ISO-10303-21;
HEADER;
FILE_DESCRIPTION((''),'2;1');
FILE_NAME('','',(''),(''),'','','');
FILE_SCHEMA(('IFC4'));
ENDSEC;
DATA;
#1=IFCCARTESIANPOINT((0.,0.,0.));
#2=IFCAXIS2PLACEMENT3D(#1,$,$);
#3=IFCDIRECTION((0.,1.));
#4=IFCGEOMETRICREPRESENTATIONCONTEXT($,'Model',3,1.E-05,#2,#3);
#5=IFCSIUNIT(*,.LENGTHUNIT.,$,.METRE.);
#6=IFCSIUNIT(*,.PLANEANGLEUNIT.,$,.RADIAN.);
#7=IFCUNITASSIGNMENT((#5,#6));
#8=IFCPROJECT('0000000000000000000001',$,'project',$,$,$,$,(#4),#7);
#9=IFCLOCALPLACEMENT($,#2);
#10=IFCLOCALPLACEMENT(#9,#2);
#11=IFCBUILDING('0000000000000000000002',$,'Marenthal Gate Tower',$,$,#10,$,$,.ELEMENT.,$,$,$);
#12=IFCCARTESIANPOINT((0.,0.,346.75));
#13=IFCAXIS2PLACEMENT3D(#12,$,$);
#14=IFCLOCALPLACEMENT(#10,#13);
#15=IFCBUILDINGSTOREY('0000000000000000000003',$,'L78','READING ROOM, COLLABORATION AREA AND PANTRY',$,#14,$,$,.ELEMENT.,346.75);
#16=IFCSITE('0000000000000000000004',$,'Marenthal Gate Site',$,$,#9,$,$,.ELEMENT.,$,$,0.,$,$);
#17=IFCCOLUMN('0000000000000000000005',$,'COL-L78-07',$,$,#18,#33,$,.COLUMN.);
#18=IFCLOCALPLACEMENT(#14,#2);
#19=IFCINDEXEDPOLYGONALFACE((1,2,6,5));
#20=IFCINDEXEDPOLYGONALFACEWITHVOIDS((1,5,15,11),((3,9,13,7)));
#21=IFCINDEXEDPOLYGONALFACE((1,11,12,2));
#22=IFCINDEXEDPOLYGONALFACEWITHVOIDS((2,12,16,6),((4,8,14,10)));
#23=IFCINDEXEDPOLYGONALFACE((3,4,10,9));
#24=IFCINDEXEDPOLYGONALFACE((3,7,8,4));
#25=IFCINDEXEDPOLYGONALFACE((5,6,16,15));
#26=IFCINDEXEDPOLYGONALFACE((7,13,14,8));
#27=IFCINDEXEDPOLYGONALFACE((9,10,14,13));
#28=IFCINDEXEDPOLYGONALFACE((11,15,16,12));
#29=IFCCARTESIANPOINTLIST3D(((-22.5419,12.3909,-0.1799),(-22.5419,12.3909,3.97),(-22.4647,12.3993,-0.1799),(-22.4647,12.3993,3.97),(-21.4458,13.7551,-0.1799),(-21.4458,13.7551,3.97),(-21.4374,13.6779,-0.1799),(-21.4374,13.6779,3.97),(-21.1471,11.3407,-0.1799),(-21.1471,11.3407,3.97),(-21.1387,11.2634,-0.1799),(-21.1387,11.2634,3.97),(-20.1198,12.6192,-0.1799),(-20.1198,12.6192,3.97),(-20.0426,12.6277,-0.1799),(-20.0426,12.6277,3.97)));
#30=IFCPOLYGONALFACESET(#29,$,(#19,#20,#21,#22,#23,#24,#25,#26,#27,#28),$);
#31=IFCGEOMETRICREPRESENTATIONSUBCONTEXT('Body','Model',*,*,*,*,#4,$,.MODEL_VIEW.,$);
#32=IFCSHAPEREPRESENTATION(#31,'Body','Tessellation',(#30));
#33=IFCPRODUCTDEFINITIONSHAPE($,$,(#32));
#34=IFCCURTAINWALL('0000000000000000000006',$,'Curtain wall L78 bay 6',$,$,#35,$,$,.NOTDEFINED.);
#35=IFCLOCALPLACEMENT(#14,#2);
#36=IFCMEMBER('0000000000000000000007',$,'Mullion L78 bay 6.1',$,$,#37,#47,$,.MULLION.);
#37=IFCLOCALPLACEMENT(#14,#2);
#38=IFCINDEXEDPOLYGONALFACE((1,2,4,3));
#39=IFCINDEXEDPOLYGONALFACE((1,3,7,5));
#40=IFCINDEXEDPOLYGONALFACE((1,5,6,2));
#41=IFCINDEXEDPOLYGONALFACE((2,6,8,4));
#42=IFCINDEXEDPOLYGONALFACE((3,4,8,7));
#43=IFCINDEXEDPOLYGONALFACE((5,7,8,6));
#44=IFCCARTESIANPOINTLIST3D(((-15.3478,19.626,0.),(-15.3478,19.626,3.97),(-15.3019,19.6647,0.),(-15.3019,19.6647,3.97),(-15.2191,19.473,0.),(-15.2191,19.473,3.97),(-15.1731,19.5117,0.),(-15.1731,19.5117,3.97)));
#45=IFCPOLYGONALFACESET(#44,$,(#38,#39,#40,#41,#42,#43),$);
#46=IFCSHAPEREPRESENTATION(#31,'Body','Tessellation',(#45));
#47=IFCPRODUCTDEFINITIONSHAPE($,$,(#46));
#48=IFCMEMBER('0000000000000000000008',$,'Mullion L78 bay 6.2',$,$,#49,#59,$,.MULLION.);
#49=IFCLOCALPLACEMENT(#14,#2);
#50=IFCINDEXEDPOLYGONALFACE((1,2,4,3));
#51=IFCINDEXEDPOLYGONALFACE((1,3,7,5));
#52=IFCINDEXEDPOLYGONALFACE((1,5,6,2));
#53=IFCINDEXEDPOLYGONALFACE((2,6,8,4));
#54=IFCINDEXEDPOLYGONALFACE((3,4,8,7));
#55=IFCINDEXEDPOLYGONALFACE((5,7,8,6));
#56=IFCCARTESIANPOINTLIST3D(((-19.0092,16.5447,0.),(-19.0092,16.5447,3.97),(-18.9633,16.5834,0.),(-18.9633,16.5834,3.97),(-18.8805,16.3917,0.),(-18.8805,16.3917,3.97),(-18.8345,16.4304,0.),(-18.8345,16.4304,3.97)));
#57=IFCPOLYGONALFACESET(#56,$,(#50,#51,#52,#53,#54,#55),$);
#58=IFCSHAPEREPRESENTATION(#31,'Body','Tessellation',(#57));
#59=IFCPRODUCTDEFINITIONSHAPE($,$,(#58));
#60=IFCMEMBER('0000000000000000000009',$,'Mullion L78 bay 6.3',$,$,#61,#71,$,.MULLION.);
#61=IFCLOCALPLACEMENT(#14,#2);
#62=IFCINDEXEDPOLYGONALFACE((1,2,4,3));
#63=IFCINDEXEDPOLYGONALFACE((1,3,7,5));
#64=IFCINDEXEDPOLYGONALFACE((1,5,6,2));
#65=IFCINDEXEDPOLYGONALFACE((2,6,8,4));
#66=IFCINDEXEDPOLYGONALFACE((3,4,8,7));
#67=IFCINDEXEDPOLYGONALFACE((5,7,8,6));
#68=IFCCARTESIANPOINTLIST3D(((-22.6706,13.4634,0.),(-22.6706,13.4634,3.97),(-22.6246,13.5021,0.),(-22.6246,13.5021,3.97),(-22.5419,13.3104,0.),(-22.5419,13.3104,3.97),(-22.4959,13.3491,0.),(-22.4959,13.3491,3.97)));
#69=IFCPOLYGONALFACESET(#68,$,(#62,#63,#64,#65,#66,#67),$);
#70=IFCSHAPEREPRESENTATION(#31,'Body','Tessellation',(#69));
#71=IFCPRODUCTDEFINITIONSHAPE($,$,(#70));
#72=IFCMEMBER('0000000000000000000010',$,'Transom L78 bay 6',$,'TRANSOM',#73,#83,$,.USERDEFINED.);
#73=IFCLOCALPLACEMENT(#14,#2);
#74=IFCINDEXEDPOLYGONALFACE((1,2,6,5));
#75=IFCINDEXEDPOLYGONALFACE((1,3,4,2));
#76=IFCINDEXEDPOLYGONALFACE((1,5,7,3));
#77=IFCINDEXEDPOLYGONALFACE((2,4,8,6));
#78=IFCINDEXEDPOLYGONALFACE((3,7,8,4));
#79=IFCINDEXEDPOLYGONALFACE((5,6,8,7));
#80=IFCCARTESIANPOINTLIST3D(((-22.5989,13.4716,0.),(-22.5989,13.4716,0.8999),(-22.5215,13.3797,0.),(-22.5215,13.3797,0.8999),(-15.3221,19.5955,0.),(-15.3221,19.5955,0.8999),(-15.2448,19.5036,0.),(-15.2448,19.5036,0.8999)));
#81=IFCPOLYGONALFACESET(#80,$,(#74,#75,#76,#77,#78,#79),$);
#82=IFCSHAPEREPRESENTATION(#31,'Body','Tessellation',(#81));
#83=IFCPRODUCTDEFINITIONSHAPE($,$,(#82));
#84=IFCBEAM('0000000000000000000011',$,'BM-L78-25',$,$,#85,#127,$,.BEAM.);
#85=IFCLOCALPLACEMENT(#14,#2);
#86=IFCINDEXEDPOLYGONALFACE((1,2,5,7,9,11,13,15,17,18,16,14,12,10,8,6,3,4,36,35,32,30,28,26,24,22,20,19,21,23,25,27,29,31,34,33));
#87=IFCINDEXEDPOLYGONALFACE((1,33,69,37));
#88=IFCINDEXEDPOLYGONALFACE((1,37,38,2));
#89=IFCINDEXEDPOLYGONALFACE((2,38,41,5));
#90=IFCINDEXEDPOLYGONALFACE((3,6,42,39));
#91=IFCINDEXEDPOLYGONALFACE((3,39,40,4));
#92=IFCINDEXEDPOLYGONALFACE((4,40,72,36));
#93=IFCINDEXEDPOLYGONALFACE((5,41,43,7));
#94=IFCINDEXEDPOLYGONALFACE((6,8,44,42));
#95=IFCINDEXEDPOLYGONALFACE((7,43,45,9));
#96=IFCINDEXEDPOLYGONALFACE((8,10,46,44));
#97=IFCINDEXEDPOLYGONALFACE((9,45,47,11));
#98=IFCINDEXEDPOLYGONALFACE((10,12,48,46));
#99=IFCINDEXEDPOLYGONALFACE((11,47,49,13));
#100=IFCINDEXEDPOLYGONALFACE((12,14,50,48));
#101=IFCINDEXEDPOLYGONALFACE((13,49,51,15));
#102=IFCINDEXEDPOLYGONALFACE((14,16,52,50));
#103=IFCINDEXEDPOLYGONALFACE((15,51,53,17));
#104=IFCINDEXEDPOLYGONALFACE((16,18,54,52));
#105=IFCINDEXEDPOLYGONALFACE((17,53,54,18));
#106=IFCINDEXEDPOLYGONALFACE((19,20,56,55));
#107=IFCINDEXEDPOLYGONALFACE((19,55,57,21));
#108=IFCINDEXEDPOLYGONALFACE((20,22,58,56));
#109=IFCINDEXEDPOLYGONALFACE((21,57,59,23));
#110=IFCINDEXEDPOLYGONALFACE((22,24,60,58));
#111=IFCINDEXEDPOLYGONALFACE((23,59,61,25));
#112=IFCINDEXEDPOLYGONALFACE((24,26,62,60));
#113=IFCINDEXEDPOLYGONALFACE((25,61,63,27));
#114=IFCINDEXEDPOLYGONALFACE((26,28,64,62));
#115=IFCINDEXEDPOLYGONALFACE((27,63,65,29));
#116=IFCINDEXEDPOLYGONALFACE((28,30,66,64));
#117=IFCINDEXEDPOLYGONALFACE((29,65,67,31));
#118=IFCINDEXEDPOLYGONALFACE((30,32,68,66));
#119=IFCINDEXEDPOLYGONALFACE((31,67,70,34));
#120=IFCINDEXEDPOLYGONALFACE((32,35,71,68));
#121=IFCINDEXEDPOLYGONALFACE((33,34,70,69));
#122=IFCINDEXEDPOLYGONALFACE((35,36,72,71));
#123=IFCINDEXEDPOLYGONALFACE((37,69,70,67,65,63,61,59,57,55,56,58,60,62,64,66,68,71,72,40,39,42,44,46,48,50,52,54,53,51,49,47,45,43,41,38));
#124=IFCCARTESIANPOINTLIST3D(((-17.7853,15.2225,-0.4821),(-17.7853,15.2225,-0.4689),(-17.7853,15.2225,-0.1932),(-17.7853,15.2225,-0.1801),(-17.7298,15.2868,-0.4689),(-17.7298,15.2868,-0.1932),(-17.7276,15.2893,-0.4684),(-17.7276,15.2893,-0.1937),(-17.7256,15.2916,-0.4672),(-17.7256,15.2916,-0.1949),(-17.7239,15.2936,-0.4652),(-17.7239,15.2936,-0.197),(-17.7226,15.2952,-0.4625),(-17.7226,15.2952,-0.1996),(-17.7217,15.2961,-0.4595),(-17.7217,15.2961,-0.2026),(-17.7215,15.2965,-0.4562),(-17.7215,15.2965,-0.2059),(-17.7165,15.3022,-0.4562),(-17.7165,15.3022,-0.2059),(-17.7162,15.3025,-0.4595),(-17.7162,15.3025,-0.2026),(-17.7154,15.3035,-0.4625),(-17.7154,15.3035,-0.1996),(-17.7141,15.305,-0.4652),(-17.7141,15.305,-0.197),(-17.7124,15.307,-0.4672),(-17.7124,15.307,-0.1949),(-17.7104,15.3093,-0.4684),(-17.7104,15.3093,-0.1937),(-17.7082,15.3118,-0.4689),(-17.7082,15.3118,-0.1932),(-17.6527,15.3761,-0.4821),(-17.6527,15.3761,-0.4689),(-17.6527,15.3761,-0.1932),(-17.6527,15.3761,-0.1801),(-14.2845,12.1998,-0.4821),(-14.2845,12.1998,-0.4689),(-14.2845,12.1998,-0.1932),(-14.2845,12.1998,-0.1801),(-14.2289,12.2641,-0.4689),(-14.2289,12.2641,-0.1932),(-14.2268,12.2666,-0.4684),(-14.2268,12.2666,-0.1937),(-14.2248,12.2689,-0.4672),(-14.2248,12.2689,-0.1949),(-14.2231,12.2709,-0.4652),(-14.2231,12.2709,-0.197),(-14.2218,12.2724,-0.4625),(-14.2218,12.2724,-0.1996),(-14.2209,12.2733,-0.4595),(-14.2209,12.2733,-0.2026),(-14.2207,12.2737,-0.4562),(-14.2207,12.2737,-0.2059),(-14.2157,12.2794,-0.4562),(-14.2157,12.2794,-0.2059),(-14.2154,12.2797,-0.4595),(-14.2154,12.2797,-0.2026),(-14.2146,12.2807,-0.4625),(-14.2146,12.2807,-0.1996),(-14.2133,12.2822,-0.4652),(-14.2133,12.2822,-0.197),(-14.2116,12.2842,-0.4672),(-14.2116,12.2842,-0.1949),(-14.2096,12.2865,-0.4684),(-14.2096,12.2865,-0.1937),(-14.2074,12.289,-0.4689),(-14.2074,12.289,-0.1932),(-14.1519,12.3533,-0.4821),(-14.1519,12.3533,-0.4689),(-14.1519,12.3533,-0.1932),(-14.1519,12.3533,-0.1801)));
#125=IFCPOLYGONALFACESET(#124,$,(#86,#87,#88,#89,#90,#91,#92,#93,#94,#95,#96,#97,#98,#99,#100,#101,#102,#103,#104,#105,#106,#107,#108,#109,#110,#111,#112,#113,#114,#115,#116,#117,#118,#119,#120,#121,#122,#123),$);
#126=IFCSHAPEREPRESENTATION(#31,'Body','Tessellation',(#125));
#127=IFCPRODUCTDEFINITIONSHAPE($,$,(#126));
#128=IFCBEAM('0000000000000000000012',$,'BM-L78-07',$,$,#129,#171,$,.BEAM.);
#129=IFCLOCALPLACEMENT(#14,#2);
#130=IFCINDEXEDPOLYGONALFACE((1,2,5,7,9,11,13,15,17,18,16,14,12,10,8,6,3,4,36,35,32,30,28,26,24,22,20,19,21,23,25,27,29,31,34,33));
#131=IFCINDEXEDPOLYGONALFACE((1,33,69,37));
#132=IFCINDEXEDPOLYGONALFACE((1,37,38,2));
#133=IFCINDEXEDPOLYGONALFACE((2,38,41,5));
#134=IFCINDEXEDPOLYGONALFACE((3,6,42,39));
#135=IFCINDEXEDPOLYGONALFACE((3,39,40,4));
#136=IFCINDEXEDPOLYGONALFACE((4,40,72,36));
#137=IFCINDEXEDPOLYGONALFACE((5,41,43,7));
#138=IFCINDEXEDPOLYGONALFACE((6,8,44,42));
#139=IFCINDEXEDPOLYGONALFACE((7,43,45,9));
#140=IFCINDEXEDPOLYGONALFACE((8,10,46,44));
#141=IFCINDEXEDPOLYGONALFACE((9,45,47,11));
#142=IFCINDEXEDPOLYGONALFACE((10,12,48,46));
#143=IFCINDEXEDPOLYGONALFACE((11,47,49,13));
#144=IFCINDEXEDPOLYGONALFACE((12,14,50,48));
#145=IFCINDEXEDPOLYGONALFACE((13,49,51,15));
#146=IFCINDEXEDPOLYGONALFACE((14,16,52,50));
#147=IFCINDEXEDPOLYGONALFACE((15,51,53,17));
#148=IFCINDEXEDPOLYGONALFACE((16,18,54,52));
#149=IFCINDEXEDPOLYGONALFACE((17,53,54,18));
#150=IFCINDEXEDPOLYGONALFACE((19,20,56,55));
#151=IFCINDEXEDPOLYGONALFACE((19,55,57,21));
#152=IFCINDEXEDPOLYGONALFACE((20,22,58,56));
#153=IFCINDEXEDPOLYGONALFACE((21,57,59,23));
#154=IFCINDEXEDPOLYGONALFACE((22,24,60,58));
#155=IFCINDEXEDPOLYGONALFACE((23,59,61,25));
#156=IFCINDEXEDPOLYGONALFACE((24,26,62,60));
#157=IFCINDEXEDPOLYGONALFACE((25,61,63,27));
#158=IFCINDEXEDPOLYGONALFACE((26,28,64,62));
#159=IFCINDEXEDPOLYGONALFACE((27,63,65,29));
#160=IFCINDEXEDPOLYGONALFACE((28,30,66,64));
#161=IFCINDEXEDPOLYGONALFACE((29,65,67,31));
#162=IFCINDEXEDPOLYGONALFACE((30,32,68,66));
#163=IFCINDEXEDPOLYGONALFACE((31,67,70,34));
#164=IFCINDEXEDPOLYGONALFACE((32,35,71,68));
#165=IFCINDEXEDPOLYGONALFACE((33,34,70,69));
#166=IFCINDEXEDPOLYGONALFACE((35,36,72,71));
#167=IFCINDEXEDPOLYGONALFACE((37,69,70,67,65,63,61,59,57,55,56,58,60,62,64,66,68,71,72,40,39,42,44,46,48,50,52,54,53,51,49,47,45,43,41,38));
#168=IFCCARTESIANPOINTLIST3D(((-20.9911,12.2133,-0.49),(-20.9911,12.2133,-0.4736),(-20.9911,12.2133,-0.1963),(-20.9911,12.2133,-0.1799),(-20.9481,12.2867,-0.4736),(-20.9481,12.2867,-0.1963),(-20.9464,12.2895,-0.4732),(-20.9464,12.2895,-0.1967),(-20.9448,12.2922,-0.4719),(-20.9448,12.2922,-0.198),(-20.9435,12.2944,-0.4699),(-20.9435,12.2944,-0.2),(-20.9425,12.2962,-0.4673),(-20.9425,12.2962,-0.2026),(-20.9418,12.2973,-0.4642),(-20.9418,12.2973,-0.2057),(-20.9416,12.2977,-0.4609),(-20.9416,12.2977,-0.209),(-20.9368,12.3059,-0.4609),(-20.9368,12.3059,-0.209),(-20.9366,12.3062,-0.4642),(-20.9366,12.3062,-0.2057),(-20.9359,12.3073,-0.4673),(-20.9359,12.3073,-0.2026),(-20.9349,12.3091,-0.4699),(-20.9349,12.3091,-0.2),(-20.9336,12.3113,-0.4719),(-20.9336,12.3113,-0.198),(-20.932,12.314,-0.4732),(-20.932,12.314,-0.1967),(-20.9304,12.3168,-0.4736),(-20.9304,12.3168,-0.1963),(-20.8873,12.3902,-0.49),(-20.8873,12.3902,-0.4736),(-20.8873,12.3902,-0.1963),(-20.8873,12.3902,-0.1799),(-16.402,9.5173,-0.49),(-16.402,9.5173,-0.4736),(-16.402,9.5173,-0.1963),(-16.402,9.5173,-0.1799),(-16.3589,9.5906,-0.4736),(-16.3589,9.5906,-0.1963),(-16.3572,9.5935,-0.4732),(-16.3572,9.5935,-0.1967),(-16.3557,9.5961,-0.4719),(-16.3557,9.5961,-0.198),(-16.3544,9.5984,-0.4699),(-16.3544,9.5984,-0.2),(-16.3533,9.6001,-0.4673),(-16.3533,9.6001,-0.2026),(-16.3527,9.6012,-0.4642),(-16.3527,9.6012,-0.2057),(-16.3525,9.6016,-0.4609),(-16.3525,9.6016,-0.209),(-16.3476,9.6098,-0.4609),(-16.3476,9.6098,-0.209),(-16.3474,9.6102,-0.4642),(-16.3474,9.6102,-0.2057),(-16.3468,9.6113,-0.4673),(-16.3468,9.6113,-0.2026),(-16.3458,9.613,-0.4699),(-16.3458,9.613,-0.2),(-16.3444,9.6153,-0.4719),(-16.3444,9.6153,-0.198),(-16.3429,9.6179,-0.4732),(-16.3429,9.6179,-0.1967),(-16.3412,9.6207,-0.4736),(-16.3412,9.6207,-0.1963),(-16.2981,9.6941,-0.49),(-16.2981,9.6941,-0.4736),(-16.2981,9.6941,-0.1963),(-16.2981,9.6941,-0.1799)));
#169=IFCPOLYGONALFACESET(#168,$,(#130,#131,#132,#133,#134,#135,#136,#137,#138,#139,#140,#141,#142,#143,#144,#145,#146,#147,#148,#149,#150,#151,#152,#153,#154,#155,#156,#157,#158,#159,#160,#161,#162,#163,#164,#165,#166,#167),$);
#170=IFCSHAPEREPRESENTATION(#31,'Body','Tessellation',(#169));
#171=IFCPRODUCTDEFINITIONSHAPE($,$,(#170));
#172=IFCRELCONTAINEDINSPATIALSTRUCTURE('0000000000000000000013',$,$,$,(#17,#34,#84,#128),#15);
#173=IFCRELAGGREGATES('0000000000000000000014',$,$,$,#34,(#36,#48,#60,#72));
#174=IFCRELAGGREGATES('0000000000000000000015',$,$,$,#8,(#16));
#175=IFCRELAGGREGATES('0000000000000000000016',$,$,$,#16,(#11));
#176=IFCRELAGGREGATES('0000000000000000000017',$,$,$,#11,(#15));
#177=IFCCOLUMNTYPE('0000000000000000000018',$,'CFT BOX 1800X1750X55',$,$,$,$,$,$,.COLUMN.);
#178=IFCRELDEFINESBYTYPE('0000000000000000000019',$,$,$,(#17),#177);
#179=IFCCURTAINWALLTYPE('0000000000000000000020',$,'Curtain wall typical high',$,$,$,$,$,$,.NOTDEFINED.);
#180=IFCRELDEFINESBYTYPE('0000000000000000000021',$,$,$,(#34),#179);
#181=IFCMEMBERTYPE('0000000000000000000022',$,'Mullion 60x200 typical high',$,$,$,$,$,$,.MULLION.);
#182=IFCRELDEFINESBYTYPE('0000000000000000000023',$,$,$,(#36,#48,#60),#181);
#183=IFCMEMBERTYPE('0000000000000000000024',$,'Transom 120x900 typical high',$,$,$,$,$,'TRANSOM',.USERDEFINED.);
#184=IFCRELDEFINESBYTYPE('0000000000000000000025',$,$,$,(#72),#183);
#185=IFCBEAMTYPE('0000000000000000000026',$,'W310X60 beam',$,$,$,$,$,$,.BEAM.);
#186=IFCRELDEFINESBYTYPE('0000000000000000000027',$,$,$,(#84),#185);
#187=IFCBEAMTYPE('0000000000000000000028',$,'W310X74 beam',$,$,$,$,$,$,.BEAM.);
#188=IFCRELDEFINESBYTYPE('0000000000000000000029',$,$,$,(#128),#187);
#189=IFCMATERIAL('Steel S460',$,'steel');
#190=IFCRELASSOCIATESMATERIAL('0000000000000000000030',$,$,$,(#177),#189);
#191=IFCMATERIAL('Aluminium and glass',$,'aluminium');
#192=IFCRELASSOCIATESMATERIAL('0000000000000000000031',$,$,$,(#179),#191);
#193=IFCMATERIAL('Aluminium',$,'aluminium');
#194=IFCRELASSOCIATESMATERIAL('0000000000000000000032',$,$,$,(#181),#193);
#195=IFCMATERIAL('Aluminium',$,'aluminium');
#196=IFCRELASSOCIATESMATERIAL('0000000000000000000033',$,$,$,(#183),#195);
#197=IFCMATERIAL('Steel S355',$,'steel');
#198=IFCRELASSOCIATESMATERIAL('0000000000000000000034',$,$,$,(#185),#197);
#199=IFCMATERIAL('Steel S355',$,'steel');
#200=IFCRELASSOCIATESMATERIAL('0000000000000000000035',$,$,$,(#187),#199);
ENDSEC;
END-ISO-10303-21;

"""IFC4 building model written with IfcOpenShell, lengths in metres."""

from ifc_helpers import new_model, si_unit, direction, frame, origin, origin_2d, place, context, subcontext, project, spatial, rectangle, hollow_rectangle, i_section, extrude, material, material_profile, profile_set, type_object, element, aggregate, save


model = new_model("IFC4")

# Units and contexts
model_context = context("Model", 3, precision=1e-05, world=origin(), true_north=direction((0.0, 1.0)))
body_context = subcontext(model_context, "Body", "Model", "MODEL_VIEW")
ifc_project = project(units=[si_unit("LENGTHUNIT", "METRE"), si_unit("PLANEANGLEUNIT", "RADIAN")], contexts=[model_context])

# Site, building, storey
site_placement = place(None, origin())
site = spatial("IfcSite", under=ifc_project, at=site_placement, Name="Marenthal Gate Site", CompositionType="ELEMENT", RefElevation=0.0)
building_placement = place(site_placement, origin())
building = spatial("IfcBuilding", under=site, at=building_placement, Name="Marenthal Gate Tower", CompositionType="ELEMENT")
storey_placement = place(building_placement, frame((0.0, 0.0, 346.75)))
storey = spatial("IfcBuildingStorey", under=building, at=storey_placement, Name="L78", Description="READING ROOM, COLLABORATION AREA AND PANTRY", CompositionType="ELEMENT", Elevation=346.75)

# Column
ifc_material_1 = material(Name="Steel S460", Category="steel")
ifc_material_profile_1 = material_profile(ifc_material_1, hollow_rectangle(XDim=1.75, YDim=1.8, WallThickness=0.0549, at=origin_2d()), Name="CFT BOX 1800X1750X55")
ifc_material_2 = material(Name="Concrete 70 MPa", Category="concrete")
ifc_material_profile_2 = material_profile(ifc_material_2, rectangle(XDim=1.6399, YDim=1.6899, at=origin_2d()), Name="CFT BOX 1800X1750X55 INFILL")
ifc_profile_set_1 = profile_set([ifc_material_profile_1, ifc_material_profile_2], Name="Steel S460 shell, Concrete 70 MPa infill")
column_type = type_object("IfcColumnType", Name="CFT BOX 1800X1750X55", PredefinedType="COLUMN", material=ifc_profile_set_1)
column_placement = place(storey_placement, frame((-21.2922, 12.5093, -0.1799), z_axis=(0.0, 0.0, 1.0), x_axis=(0.626344, 0.779547, 0.0)))
element("IfcColumn", 1, at=column_placement, inside=storey, type_object=column_type, Name="COL-L78-07", PredefinedType="COLUMN", context=body_context, shape_type="SweptSolid", body=[
    extrude(hollow_rectangle(XDim=1.75, YDim=1.8, WallThickness=0.0549, at=origin_2d()), origin(), (0.0, 0.0, 1.0), 4.1499),
])

# Curtain wall, members
ifc_material_3 = material(Name="Aluminium and glass", Category="aluminium")
curtain_wall_type = type_object("IfcCurtainWallType", Name="Curtain wall typical high", PredefinedType="NOTDEFINED", material=ifc_material_3)
curtain_wall_placement = place(storey_placement, origin())
curtain_wall = element("IfcCurtainWall", 2, at=curtain_wall_placement, inside=storey, type_object=curtain_wall_type, Name="Curtain wall L78 bay 6", PredefinedType="NOTDEFINED")
ifc_material_4 = material(Name="Aluminium", Category="aluminium")
ifc_material_profile_3 = material_profile(ifc_material_4, rectangle(XDim=0.2, YDim=0.0601, at=origin_2d()), Name="60x200 aluminium mullion")
ifc_profile_set_2 = profile_set([ifc_material_profile_3], Name="Aluminium")
member_type_1 = type_object("IfcMemberType", Name="Mullion 60x200 typical high", PredefinedType="MULLION", material=ifc_profile_set_2)
member_1_placement = place(storey_placement, frame((-15.2605, 19.5688, 0.0), z_axis=(0.0, 0.0, 1.0), x_axis=(0.643896, -0.765113, 0.0)))
member_1 = element("IfcMember", 3, at=member_1_placement, type_object=member_type_1, Name="Mullion L78 bay 6.1", PredefinedType="MULLION", context=body_context, shape_type="SweptSolid", body=[
    extrude(rectangle(XDim=0.2, YDim=0.0601, at=origin_2d()), origin(), (0.0, 0.0, 1.0), 3.97),
])
member_2_placement = place(storey_placement, frame((-18.9219, 16.4875, 0.0), z_axis=(0.0, 0.0, 1.0), x_axis=(0.643896, -0.765113, 0.0)))
member_2 = element("IfcMember", 4, at=member_2_placement, type_object=member_type_1, Name="Mullion L78 bay 6.2", PredefinedType="MULLION", context=body_context, shape_type="SweptSolid", body=[
    extrude(rectangle(XDim=0.2, YDim=0.0601, at=origin_2d()), origin(), (0.0, 0.0, 1.0), 3.97),
])
member_3_placement = place(storey_placement, frame((-22.5833, 13.4062, 0.0), z_axis=(0.0, 0.0, 1.0), x_axis=(0.643896, -0.765113, 0.0)))
member_3 = element("IfcMember", 5, at=member_3_placement, type_object=member_type_1, Name="Mullion L78 bay 6.3", PredefinedType="MULLION", context=body_context, shape_type="SweptSolid", body=[
    extrude(rectangle(XDim=0.2, YDim=0.0601, at=origin_2d()), origin(), (0.0, 0.0, 1.0), 3.97),
])
ifc_material_5 = material(Name="Aluminium", Category="aluminium")
ifc_material_profile_4 = material_profile(ifc_material_5, rectangle(XDim=0.1201, YDim=0.8999, at=origin_2d()), Name="120x900 aluminium transom")
ifc_profile_set_3 = profile_set([ifc_material_profile_4], Name="Aluminium")
member_type_2 = type_object("IfcMemberType", Name="Transom 120x900 typical high", ElementType="TRANSOM", PredefinedType="USERDEFINED", material=ifc_profile_set_3)
member_4_placement = place(storey_placement, frame((-15.2834, 19.5496, 0.45), z_axis=(-0.765111, -0.643899, 0.0), x_axis=(0.643899, -0.765111, 0.0)))
member_4 = element("IfcMember", 6, at=member_4_placement, type_object=member_type_2, Name="Transom L78 bay 6", ObjectType="TRANSOM", PredefinedType="USERDEFINED", context=body_context, shape_type="SweptSolid", body=[
    extrude(rectangle(XDim=0.1201, YDim=0.8999, at=origin_2d()), origin(), (0.0, 0.0, 1.0), 9.5107),
])

# Beams
ifc_material_6 = material(Name="Steel S355", Category="steel")
ifc_material_profile_5 = material_profile(ifc_material_6, i_section(OverallWidth=0.2029, OverallDepth=0.302, WebThickness=0.0076, FlangeThickness=0.0132, FilletRadius=0.0127, at=origin_2d()), Name="W310X60")
ifc_profile_set_4 = profile_set([ifc_material_profile_5], Name="Steel S355")
beam_type_1 = type_object("IfcBeamType", Name="W310X60 beam", PredefinedType="BEAM", material=ifc_profile_set_4)
beam_1_placement = place(storey_placement, frame((-17.719, 15.2993, -0.3311), z_axis=(0.756893, -0.653539, 0.0), x_axis=(0.653539, 0.756893, 0.0)))
element("IfcBeam", 7, at=beam_1_placement, inside=storey, type_object=beam_type_1, Name="BM-L78-25", PredefinedType="BEAM", context=body_context, shape_type="SweptSolid", body=[
    extrude(i_section(OverallWidth=0.2029, OverallDepth=0.302, WebThickness=0.0076, FlangeThickness=0.0132, FilletRadius=0.0127, at=origin_2d()), origin(), (0.0, 0.0, 1.0), 4.6252),
])
ifc_material_7 = material(Name="Steel S355", Category="steel")
ifc_material_profile_6 = material_profile(ifc_material_7, i_section(OverallWidth=0.2051, OverallDepth=0.3101, WebThickness=0.0095, FlangeThickness=0.0164, FilletRadius=0.0127, at=origin_2d()), Name="W310X74")
ifc_profile_set_5 = profile_set([ifc_material_profile_6], Name="Steel S355")
beam_type_2 = type_object("IfcBeamType", Name="W310X74 beam", PredefinedType="BEAM", material=ifc_profile_set_5)
beam_2_placement = place(storey_placement, frame((-20.9392, 12.3018, -0.335), z_axis=(0.862216, -0.506541, 0.0), x_axis=(0.506541, 0.862216, 0.0)))
element("IfcBeam", 8, at=beam_2_placement, inside=storey, type_object=beam_type_2, Name="BM-L78-07", PredefinedType="BEAM", context=body_context, shape_type="SweptSolid", body=[
    extrude(i_section(OverallWidth=0.2051, OverallDepth=0.3101, WebThickness=0.0095, FlangeThickness=0.0164, FilletRadius=0.0127, at=origin_2d()), origin(), (0.0, 0.0, 1.0), 5.3225),
])

aggregate(curtain_wall, [member_1, member_2, member_3, member_4])

save(model, "model.ifc")
